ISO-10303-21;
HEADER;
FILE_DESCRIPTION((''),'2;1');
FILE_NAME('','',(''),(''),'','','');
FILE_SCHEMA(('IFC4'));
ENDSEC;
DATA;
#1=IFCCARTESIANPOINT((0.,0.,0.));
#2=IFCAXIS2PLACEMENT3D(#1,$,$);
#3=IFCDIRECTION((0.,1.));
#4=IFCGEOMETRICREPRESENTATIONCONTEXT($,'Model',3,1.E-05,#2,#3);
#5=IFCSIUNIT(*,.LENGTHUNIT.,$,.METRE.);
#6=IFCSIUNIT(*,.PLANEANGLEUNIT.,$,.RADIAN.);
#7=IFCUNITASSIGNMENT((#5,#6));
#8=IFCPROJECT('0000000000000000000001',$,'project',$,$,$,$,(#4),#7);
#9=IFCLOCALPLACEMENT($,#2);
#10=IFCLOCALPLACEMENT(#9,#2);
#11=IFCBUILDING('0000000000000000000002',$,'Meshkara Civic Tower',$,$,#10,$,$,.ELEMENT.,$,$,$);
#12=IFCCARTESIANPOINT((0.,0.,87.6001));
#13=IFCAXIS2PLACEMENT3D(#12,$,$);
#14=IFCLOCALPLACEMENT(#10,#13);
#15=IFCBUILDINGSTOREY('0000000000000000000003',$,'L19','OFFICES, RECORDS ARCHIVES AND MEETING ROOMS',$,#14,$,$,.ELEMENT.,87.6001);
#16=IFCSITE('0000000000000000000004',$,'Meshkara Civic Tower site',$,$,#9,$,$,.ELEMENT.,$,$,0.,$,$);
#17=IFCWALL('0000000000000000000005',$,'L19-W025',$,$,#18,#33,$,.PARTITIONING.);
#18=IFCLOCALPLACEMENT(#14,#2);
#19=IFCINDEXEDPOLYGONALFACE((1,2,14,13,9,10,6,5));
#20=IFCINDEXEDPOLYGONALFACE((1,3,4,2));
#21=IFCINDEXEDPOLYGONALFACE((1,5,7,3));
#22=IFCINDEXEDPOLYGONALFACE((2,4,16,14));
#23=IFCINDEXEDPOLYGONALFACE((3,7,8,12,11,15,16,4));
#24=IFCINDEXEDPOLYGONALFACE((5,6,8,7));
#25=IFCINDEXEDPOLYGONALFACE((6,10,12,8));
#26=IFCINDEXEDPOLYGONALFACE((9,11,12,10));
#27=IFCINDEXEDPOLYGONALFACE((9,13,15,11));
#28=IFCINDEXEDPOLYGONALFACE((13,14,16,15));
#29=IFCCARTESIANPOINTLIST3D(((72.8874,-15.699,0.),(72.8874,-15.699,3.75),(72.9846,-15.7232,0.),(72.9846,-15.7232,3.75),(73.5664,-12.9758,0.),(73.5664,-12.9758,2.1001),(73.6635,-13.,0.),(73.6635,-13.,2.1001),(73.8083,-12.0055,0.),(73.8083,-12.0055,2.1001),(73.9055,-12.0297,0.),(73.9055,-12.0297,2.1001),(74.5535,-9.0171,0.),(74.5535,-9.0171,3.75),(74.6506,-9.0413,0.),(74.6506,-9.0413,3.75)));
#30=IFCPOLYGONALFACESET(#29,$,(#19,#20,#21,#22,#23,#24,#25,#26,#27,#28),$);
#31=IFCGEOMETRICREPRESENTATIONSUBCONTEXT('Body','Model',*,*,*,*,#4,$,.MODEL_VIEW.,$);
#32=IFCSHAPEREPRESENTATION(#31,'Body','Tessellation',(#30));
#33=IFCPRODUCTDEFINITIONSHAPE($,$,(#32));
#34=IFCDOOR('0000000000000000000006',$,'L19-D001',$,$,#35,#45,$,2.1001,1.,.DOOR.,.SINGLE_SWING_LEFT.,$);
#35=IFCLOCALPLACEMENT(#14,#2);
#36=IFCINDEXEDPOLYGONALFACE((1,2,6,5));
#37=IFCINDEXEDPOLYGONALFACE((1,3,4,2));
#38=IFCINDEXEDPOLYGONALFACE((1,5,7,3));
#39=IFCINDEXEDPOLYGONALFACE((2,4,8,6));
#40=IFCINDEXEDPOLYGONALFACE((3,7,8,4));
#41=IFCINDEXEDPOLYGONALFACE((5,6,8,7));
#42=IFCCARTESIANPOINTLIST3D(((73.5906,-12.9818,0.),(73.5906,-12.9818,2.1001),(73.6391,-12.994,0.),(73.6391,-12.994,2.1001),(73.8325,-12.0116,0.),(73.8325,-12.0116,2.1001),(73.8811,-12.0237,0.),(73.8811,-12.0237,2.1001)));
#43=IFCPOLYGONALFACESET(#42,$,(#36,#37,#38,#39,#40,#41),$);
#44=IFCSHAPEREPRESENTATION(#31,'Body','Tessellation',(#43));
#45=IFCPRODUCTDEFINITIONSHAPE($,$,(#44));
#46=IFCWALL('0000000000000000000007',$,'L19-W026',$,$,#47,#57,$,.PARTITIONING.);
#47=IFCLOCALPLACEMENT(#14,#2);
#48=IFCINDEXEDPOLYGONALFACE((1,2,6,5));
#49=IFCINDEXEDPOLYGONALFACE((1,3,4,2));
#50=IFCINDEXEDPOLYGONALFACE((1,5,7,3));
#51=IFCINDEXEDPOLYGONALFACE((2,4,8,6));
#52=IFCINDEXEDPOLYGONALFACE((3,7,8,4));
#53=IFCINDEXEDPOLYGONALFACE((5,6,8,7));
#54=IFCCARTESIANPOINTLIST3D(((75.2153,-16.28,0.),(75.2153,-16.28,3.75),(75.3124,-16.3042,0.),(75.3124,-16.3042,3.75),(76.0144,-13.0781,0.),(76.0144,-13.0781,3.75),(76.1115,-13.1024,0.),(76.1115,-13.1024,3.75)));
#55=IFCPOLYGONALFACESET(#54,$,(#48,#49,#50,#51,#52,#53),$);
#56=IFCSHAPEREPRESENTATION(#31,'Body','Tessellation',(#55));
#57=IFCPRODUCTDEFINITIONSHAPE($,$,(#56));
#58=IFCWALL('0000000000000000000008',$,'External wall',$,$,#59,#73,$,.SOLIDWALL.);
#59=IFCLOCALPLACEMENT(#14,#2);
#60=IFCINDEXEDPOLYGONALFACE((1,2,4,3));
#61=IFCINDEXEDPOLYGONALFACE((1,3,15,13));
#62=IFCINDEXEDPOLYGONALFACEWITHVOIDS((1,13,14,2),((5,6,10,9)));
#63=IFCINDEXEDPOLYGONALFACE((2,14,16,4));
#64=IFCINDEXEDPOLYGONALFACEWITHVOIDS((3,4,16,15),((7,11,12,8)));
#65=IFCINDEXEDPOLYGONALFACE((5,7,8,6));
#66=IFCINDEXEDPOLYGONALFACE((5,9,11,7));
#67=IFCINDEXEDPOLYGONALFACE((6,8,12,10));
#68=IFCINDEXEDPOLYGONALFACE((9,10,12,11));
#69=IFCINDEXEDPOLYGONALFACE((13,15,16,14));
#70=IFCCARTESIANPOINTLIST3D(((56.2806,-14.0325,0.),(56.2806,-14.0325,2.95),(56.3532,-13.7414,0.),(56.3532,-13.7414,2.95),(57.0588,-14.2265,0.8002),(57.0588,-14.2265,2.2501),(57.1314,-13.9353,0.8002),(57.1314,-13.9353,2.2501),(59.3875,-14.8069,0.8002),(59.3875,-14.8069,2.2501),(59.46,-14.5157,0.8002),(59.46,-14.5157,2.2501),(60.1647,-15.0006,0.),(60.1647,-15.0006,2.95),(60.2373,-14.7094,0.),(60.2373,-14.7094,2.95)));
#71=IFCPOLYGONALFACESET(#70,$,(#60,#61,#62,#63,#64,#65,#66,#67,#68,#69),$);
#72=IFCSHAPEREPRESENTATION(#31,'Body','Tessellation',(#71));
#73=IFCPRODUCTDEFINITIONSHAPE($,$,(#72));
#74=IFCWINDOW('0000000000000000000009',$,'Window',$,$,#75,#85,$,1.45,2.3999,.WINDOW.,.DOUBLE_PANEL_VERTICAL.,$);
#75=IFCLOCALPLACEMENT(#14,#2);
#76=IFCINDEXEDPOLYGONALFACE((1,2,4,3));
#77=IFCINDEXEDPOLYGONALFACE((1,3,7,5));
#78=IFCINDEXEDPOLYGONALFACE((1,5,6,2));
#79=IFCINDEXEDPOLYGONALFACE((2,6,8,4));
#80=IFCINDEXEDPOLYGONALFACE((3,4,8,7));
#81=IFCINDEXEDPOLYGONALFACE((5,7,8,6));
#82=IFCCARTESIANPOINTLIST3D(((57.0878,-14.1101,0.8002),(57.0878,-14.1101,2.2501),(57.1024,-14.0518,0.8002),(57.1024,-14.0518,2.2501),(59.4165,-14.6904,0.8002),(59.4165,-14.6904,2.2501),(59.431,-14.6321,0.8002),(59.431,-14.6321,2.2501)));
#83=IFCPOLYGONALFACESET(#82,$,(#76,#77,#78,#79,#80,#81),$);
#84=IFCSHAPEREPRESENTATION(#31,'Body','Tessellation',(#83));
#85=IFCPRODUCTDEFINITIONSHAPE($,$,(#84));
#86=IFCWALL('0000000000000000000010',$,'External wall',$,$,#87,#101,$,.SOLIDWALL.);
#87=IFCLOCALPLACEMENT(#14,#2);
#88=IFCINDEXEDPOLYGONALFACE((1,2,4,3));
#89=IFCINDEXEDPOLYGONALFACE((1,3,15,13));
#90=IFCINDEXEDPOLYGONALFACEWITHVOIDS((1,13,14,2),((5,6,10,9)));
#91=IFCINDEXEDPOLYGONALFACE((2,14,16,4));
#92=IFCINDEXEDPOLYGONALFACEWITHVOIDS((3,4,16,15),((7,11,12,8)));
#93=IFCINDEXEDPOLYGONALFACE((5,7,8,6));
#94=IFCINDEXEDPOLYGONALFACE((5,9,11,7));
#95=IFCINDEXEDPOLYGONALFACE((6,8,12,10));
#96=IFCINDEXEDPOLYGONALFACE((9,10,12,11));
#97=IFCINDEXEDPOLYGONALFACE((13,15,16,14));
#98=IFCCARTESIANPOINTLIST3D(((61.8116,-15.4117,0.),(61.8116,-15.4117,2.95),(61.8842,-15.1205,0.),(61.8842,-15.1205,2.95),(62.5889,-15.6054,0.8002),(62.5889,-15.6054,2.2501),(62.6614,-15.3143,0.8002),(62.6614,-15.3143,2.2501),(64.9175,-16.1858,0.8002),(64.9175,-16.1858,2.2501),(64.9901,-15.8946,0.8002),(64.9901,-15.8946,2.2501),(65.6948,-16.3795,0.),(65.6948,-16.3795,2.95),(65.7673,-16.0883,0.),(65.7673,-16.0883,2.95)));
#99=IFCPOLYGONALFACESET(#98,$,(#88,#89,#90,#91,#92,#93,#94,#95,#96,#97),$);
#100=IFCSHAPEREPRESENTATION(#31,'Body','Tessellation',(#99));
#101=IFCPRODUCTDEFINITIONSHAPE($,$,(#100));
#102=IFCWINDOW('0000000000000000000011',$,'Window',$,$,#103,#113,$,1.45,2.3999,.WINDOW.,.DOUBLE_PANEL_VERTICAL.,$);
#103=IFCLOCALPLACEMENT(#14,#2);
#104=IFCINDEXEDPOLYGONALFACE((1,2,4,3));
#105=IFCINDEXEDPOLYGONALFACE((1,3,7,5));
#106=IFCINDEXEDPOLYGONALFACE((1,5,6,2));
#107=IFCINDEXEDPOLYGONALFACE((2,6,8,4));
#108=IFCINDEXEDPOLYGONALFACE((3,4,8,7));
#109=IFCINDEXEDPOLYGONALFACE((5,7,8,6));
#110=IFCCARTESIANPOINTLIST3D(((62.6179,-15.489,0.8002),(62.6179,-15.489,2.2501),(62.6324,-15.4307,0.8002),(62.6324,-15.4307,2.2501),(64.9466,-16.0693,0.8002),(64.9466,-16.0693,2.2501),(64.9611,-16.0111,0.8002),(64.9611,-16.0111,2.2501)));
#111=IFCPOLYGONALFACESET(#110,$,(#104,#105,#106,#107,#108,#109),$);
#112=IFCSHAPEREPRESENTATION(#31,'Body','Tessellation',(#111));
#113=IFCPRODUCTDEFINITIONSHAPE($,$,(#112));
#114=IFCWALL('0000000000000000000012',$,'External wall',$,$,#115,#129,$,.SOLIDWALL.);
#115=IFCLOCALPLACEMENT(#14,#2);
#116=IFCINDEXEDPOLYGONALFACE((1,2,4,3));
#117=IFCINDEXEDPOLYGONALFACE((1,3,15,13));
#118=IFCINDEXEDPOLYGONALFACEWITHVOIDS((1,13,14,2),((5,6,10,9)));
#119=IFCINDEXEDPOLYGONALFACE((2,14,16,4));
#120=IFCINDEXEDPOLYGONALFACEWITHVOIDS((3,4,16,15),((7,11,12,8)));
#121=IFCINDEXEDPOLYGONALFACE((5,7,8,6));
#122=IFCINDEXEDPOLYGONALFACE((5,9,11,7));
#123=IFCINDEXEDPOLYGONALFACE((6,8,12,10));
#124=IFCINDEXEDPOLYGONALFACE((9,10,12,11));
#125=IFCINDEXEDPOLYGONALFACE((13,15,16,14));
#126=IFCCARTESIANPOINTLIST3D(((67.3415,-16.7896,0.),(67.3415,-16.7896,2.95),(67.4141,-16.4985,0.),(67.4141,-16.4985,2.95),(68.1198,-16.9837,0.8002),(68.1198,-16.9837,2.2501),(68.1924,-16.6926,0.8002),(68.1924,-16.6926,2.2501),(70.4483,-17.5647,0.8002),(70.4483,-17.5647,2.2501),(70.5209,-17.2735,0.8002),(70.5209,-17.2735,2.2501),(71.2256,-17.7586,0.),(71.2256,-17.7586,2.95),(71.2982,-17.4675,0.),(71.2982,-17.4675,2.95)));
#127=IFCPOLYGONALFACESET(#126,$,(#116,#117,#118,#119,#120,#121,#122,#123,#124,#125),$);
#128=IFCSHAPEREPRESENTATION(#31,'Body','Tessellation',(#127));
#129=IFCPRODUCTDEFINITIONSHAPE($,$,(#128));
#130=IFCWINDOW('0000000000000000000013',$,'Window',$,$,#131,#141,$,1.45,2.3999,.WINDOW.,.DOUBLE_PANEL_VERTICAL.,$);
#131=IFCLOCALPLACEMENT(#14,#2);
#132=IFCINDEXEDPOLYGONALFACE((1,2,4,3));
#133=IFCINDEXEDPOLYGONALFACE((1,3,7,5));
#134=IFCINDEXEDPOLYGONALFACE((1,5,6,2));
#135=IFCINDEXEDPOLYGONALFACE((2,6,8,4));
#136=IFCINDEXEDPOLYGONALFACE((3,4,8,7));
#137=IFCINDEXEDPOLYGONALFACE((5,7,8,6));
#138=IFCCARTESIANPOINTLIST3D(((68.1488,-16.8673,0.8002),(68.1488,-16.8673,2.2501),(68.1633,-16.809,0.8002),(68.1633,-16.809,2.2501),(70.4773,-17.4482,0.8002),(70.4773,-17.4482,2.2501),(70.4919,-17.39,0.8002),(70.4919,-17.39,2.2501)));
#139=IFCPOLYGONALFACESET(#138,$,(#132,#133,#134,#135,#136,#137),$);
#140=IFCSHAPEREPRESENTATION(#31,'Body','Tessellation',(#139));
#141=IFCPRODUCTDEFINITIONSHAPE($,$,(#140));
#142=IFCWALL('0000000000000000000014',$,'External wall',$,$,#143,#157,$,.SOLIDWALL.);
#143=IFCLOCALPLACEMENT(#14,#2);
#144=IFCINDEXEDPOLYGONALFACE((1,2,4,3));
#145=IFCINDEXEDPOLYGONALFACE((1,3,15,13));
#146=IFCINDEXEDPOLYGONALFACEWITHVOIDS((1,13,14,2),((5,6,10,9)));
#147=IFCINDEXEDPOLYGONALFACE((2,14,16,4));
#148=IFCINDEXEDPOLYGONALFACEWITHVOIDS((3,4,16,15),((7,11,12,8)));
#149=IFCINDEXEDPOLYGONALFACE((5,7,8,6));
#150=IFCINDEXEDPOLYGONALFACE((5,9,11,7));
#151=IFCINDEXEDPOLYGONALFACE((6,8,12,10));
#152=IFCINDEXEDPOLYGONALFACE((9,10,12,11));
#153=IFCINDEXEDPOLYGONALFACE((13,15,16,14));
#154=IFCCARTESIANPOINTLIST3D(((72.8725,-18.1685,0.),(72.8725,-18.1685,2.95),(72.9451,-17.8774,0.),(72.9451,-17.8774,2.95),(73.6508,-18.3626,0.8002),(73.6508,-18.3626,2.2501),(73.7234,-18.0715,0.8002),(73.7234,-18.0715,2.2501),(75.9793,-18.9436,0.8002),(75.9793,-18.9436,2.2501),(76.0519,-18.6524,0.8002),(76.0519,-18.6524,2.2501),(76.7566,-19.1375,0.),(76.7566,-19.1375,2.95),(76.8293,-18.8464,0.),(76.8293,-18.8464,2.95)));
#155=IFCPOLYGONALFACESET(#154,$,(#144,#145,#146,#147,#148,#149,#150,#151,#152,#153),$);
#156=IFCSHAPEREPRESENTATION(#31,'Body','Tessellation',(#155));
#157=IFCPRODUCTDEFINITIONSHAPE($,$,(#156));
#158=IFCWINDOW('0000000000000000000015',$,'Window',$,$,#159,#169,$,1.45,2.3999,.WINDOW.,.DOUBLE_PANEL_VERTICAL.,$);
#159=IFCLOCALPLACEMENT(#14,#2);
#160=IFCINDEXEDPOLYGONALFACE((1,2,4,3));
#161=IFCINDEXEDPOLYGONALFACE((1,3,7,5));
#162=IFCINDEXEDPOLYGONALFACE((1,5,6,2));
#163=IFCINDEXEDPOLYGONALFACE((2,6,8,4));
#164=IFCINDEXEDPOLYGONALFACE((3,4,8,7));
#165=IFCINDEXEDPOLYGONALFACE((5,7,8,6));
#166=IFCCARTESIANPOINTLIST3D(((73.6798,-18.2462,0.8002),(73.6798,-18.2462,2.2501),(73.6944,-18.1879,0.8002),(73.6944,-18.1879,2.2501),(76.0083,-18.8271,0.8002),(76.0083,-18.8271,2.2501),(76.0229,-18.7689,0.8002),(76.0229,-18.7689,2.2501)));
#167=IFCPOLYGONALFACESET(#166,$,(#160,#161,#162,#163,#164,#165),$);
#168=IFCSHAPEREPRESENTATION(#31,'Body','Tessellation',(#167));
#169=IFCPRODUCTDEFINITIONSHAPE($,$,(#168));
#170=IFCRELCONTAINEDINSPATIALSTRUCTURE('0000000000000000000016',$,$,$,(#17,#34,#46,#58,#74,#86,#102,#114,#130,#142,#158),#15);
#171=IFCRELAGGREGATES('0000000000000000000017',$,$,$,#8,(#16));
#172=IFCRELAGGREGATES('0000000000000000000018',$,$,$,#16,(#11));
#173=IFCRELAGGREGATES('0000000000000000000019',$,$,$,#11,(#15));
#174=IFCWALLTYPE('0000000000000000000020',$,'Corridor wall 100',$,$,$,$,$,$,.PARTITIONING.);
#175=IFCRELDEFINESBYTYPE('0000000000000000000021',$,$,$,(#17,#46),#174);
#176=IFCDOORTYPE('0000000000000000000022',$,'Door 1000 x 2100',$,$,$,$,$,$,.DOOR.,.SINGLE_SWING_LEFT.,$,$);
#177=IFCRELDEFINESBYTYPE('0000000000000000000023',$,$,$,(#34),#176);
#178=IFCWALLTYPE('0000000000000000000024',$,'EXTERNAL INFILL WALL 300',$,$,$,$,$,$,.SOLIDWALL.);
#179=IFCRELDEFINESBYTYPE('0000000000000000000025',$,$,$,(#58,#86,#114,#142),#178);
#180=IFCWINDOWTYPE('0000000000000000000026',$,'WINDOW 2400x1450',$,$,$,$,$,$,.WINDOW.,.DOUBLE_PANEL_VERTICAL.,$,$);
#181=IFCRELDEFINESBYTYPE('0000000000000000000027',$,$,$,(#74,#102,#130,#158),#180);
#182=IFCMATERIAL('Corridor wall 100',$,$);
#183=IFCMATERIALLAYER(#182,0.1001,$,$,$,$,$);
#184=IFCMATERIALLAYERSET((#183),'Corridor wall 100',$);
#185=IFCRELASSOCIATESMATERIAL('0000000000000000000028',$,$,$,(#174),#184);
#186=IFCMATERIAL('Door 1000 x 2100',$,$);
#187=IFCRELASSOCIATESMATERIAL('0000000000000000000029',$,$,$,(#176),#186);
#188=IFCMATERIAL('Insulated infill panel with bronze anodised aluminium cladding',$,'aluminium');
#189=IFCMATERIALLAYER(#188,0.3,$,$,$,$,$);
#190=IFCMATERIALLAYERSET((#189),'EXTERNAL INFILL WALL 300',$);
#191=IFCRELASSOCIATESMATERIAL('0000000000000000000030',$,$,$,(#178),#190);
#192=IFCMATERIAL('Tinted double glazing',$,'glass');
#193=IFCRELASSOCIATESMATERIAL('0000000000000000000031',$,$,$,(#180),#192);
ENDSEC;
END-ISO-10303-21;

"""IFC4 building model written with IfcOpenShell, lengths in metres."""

from ifc_helpers import new_model, si_unit, direction, frame, frame_2d, origin, place, context, subcontext, project, spatial, rectangle, extrude, material, layer, layer_set, type_object, element, fill, save


model = new_model("IFC4")

# Units and contexts
model_context = context("Model", 3, precision=1e-05, world=origin(), true_north=direction((0.0, 1.0)))
body_context = subcontext(model_context, "Body", "Model", "MODEL_VIEW")
ifc_project = project(units=[si_unit("LENGTHUNIT", "METRE"), si_unit("PLANEANGLEUNIT", "RADIAN")], contexts=[model_context])

# Site, building, storey
site_placement = place(None, origin())
site = spatial("IfcSite", under=ifc_project, at=site_placement, Name="Meshkara Civic Tower site", CompositionType="ELEMENT", RefElevation=0.0)
building_placement = place(site_placement, origin())
building = spatial("IfcBuilding", under=site, at=building_placement, Name="Meshkara Civic Tower", CompositionType="ELEMENT")
storey_placement = place(building_placement, frame((0.0, 0.0, 87.6001)))
storey = spatial("IfcBuildingStorey", under=building, at=storey_placement, Name="L19", Description="OFFICES, RECORDS ARCHIVES AND MEETING ROOMS", CompositionType="ELEMENT", Elevation=87.6001)

# Wall, opening, door
ifc_material_1 = material(Name="Corridor wall 100")
ifc_layer_1 = layer(ifc_material_1, 0.1001)
ifc_layer_set_1 = layer_set([ifc_layer_1], Name="Corridor wall 100")
wall_type_1 = type_object("IfcWallType", Name="Corridor wall 100", PredefinedType="PARTITIONING", material=ifc_layer_set_1)
ifc_material_2 = material(Name="Door 1000 x 2100")
door_type_1 = type_object("IfcDoorType", Name="Door 1000 x 2100", OperationType="SINGLE_SWING_LEFT", PredefinedType="DOOR", material=ifc_material_2)
wall_1_placement = place(storey_placement, frame((74.6021, -9.0291, 0.0), z_axis=(0.0, 0.0, 1.0), x_axis=(-0.241927, -0.970295, 0.0)))
wall_1 = element("IfcWall", 1, at=wall_1_placement, inside=storey, type_object=wall_type_1, Name="L19-W025", PredefinedType="PARTITIONING", context=body_context, shape_type="SweptSolid", body=[
    extrude(rectangle(XDim=6.8865, YDim=0.1001, at=frame_2d((3.4434, 0.0))), origin(), (0.0, 0.0, 1.0), 3.75),
])
opening_1_placement = place(wall_1_placement, frame((3.0801, 0.0, 0.0)))
opening_1 = element("IfcOpeningElement", 2, at=opening_1_placement, cuts=wall_1, PredefinedType="OPENING", context=body_context, shape_type="SweptSolid", body=[
    extrude(rectangle(XDim=1.0, YDim=2.1001, at=frame_2d((0.5, 1.05))), frame((0.0, 0.0601, 0.0), z_axis=(0.0, -1.0, 0.0), x_axis=(1.0, 0.0, 0.0)), (0.0, 0.0, 1.0), 0.1201),
])
door_1_placement = place(opening_1_placement, origin())
door_1 = element("IfcDoor", 3, at=door_1_placement, inside=storey, type_object=door_type_1, Name="L19-D001", OperationType="SINGLE_SWING_LEFT", OverallHeight=2.1001, OverallWidth=1.0, PredefinedType="DOOR", context=body_context, shape_type="SweptSolid", body=[
    extrude(rectangle(XDim=1.0, YDim=2.1001, at=frame_2d((0.5, 1.05))), frame((0.0, 0.0249, 0.0), z_axis=(0.0, -1.0, 0.0), x_axis=(1.0, 0.0, 0.0)), (0.0, 0.0, 1.0), 0.05),
])
fill(opening_1, door_1)

# Wall
wall_2_placement = place(storey_placement, frame((75.2639, -16.292, 0.0), z_axis=(0.0, 0.0, 1.0), x_axis=(0.242135, 0.970243, 0.0)))
element("IfcWall", 4, at=wall_2_placement, inside=storey, type_object=wall_type_1, Name="L19-W026", PredefinedType="PARTITIONING", context=body_context, shape_type="SweptSolid", body=[
    extrude(rectangle(XDim=3.3, YDim=0.1001, at=frame_2d((1.6499, 0.0))), origin(), (0.0, 0.0, 1.0), 3.75),
])

# Walls, openings, windows
ifc_material_3 = material(Name="Insulated infill panel with bronze anodised aluminium cladding", Category="aluminium")
ifc_layer_2 = layer(ifc_material_3, 0.3)
ifc_layer_set_2 = layer_set([ifc_layer_2], Name="EXTERNAL INFILL WALL 300")
wall_type_2 = type_object("IfcWallType", Name="EXTERNAL INFILL WALL 300", PredefinedType="SOLIDWALL", material=ifc_layer_set_2)
wall_3_placement = place(storey_placement, frame((56.3169, -13.887, 0.0), z_axis=(0.0, 0.0, 1.0), x_axis=(0.970318, -0.241832, 0.0)))
wall_3 = element("IfcWall", 5, at=wall_3_placement, inside=storey, type_object=wall_type_2, Name="External wall", PredefinedType="SOLIDWALL", context=body_context, shape_type="SweptSolid", body=[
    extrude(rectangle(XDim=4.0029, YDim=0.3, at=frame_2d((2.0015, 0.0))), origin(), (0.0, 0.0, 1.0), 2.95),
])
opening_2_placement = place(wall_3_placement, frame((0.802, 0.0, 0.8)))
opening_2 = element("IfcOpeningElement", 6, at=opening_2_placement, cuts=wall_3, PredefinedType="OPENING", context=body_context, shape_type="SweptSolid", body=[
    extrude(rectangle(XDim=2.3999, YDim=1.45, at=frame_2d((1.2, 0.7251))), frame((0.0, 0.1599, 0.0), z_axis=(0.0, -1.0, 0.0), x_axis=(1.0, 0.0, 0.0)), (0.0, 0.0, 1.0), 0.3201),
])
ifc_material_4 = material(Name="Tinted double glazing", Category="glass")
window_type = type_object("IfcWindowType", Name="WINDOW 2400x1450", PartitioningType="DOUBLE_PANEL_VERTICAL", PredefinedType="WINDOW", material=ifc_material_4)
window_1_placement = place(opening_2_placement, origin())
window_1 = element("IfcWindow", 7, at=window_1_placement, inside=storey, type_object=window_type, Name="Window", OverallHeight=1.45, OverallWidth=2.3999, PartitioningType="DOUBLE_PANEL_VERTICAL", PredefinedType="WINDOW", context=body_context, shape_type="SweptSolid", body=[
    extrude(rectangle(XDim=2.3999, YDim=1.45, at=frame_2d((1.2, 0.7251))), frame((0.0, 0.03, 0.0), z_axis=(0.0, -1.0, 0.0), x_axis=(1.0, 0.0, 0.0)), (0.0, 0.0, 1.0), 0.0601),
])
fill(opening_2, window_1)
wall_4_placement = place(storey_placement, frame((61.8479, -15.2661, 0.0), z_axis=(0.0, 0.0, 1.0), x_axis=(0.970318, -0.241832, 0.0)))
wall_4 = element("IfcWall", 8, at=wall_4_placement, inside=storey, type_object=wall_type_2, Name="External wall", PredefinedType="SOLIDWALL", context=body_context, shape_type="SweptSolid", body=[
    extrude(rectangle(XDim=4.002, YDim=0.3, at=frame_2d((2.001, 0.0))), origin(), (0.0, 0.0, 1.0), 2.95),
])
opening_3_placement = place(wall_4_placement, frame((0.801, 0.0, 0.8)))
opening_3 = element("IfcOpeningElement", 9, at=opening_3_placement, cuts=wall_4, PredefinedType="OPENING", context=body_context, shape_type="SweptSolid", body=[
    extrude(rectangle(XDim=2.3999, YDim=1.45, at=frame_2d((1.2, 0.7251))), frame((0.0, 0.1599, 0.0), z_axis=(0.0, -1.0, 0.0), x_axis=(1.0, 0.0, 0.0)), (0.0, 0.0, 1.0), 0.3201),
])
window_2_placement = place(opening_3_placement, origin())
window_2 = element("IfcWindow", 10, at=window_2_placement, inside=storey, type_object=window_type, Name="Window", OverallHeight=1.45, OverallWidth=2.3999, PartitioningType="DOUBLE_PANEL_VERTICAL", PredefinedType="WINDOW", context=body_context, shape_type="SweptSolid", body=[
    extrude(rectangle(XDim=2.3999, YDim=1.45, at=frame_2d((1.2, 0.7251))), frame((0.0, 0.03, 0.0), z_axis=(0.0, -1.0, 0.0), x_axis=(1.0, 0.0, 0.0)), (0.0, 0.0, 1.0), 0.0601),
])
fill(opening_3, window_2)
wall_5_placement = place(storey_placement, frame((67.3779, -16.644, 0.0), z_axis=(0.0, 0.0, 1.0), x_axis=(0.970261, -0.242062, 0.0)))
wall_5 = element("IfcWall", 11, at=wall_5_placement, inside=storey, type_object=wall_type_2, Name="External wall", PredefinedType="SOLIDWALL", context=body_context, shape_type="SweptSolid", body=[
    extrude(rectangle(XDim=4.0032, YDim=0.3, at=frame_2d((2.0015, 0.0))), origin(), (0.0, 0.0, 1.0), 2.95),
])
opening_4_placement = place(wall_5_placement, frame((0.802, 0.0, 0.8)))
opening_4 = element("IfcOpeningElement", 12, at=opening_4_placement, cuts=wall_5, PredefinedType="OPENING", context=body_context, shape_type="SweptSolid", body=[
    extrude(rectangle(XDim=2.3999, YDim=1.45, at=frame_2d((1.2, 0.7251))), frame((0.0, 0.1599, 0.0), z_axis=(0.0, -1.0, 0.0), x_axis=(1.0, 0.0, 0.0)), (0.0, 0.0, 1.0), 0.3201),
])
window_3_placement = place(opening_4_placement, origin())
window_3 = element("IfcWindow", 13, at=window_3_placement, inside=storey, type_object=window_type, Name="Window", OverallHeight=1.45, OverallWidth=2.3999, PartitioningType="DOUBLE_PANEL_VERTICAL", PredefinedType="WINDOW", context=body_context, shape_type="SweptSolid", body=[
    extrude(rectangle(XDim=2.3999, YDim=1.45, at=frame_2d((1.2, 0.7251))), frame((0.0, 0.03, 0.0), z_axis=(0.0, -1.0, 0.0), x_axis=(1.0, 0.0, 0.0)), (0.0, 0.0, 1.0), 0.0601),
])
fill(opening_4, window_3)
wall_6_placement = place(storey_placement, frame((72.9089, -18.0229, 0.0), z_axis=(0.0, 0.0, 1.0), x_axis=(0.970261, -0.242062, 0.0)))
wall_6 = element("IfcWall", 14, at=wall_6_placement, inside=storey, type_object=wall_type_2, Name="External wall", PredefinedType="SOLIDWALL", context=body_context, shape_type="SweptSolid", body=[
    extrude(rectangle(XDim=4.0032, YDim=0.3, at=frame_2d((2.0015, 0.0))), origin(), (0.0, 0.0, 1.0), 2.95),
])
opening_5_placement = place(wall_6_placement, frame((0.802, 0.0, 0.8)))
opening_5 = element("IfcOpeningElement", 15, at=opening_5_placement, cuts=wall_6, PredefinedType="OPENING", context=body_context, shape_type="SweptSolid", body=[
    extrude(rectangle(XDim=2.3999, YDim=1.45, at=frame_2d((1.2, 0.7251))), frame((0.0, 0.1599, 0.0), z_axis=(0.0, -1.0, 0.0), x_axis=(1.0, 0.0, 0.0)), (0.0, 0.0, 1.0), 0.3201),
])
window_4_placement = place(opening_5_placement, origin())
window_4 = element("IfcWindow", 16, at=window_4_placement, inside=storey, type_object=window_type, Name="Window", OverallHeight=1.45, OverallWidth=2.3999, PartitioningType="DOUBLE_PANEL_VERTICAL", PredefinedType="WINDOW", context=body_context, shape_type="SweptSolid", body=[
    extrude(rectangle(XDim=2.3999, YDim=1.45, at=frame_2d((1.2, 0.7251))), frame((0.0, 0.03, 0.0), z_axis=(0.0, -1.0, 0.0), x_axis=(1.0, 0.0, 0.0)), (0.0, 0.0, 1.0), 0.0601),
])
fill(opening_5, window_4)

save(model, "model.ifc")
